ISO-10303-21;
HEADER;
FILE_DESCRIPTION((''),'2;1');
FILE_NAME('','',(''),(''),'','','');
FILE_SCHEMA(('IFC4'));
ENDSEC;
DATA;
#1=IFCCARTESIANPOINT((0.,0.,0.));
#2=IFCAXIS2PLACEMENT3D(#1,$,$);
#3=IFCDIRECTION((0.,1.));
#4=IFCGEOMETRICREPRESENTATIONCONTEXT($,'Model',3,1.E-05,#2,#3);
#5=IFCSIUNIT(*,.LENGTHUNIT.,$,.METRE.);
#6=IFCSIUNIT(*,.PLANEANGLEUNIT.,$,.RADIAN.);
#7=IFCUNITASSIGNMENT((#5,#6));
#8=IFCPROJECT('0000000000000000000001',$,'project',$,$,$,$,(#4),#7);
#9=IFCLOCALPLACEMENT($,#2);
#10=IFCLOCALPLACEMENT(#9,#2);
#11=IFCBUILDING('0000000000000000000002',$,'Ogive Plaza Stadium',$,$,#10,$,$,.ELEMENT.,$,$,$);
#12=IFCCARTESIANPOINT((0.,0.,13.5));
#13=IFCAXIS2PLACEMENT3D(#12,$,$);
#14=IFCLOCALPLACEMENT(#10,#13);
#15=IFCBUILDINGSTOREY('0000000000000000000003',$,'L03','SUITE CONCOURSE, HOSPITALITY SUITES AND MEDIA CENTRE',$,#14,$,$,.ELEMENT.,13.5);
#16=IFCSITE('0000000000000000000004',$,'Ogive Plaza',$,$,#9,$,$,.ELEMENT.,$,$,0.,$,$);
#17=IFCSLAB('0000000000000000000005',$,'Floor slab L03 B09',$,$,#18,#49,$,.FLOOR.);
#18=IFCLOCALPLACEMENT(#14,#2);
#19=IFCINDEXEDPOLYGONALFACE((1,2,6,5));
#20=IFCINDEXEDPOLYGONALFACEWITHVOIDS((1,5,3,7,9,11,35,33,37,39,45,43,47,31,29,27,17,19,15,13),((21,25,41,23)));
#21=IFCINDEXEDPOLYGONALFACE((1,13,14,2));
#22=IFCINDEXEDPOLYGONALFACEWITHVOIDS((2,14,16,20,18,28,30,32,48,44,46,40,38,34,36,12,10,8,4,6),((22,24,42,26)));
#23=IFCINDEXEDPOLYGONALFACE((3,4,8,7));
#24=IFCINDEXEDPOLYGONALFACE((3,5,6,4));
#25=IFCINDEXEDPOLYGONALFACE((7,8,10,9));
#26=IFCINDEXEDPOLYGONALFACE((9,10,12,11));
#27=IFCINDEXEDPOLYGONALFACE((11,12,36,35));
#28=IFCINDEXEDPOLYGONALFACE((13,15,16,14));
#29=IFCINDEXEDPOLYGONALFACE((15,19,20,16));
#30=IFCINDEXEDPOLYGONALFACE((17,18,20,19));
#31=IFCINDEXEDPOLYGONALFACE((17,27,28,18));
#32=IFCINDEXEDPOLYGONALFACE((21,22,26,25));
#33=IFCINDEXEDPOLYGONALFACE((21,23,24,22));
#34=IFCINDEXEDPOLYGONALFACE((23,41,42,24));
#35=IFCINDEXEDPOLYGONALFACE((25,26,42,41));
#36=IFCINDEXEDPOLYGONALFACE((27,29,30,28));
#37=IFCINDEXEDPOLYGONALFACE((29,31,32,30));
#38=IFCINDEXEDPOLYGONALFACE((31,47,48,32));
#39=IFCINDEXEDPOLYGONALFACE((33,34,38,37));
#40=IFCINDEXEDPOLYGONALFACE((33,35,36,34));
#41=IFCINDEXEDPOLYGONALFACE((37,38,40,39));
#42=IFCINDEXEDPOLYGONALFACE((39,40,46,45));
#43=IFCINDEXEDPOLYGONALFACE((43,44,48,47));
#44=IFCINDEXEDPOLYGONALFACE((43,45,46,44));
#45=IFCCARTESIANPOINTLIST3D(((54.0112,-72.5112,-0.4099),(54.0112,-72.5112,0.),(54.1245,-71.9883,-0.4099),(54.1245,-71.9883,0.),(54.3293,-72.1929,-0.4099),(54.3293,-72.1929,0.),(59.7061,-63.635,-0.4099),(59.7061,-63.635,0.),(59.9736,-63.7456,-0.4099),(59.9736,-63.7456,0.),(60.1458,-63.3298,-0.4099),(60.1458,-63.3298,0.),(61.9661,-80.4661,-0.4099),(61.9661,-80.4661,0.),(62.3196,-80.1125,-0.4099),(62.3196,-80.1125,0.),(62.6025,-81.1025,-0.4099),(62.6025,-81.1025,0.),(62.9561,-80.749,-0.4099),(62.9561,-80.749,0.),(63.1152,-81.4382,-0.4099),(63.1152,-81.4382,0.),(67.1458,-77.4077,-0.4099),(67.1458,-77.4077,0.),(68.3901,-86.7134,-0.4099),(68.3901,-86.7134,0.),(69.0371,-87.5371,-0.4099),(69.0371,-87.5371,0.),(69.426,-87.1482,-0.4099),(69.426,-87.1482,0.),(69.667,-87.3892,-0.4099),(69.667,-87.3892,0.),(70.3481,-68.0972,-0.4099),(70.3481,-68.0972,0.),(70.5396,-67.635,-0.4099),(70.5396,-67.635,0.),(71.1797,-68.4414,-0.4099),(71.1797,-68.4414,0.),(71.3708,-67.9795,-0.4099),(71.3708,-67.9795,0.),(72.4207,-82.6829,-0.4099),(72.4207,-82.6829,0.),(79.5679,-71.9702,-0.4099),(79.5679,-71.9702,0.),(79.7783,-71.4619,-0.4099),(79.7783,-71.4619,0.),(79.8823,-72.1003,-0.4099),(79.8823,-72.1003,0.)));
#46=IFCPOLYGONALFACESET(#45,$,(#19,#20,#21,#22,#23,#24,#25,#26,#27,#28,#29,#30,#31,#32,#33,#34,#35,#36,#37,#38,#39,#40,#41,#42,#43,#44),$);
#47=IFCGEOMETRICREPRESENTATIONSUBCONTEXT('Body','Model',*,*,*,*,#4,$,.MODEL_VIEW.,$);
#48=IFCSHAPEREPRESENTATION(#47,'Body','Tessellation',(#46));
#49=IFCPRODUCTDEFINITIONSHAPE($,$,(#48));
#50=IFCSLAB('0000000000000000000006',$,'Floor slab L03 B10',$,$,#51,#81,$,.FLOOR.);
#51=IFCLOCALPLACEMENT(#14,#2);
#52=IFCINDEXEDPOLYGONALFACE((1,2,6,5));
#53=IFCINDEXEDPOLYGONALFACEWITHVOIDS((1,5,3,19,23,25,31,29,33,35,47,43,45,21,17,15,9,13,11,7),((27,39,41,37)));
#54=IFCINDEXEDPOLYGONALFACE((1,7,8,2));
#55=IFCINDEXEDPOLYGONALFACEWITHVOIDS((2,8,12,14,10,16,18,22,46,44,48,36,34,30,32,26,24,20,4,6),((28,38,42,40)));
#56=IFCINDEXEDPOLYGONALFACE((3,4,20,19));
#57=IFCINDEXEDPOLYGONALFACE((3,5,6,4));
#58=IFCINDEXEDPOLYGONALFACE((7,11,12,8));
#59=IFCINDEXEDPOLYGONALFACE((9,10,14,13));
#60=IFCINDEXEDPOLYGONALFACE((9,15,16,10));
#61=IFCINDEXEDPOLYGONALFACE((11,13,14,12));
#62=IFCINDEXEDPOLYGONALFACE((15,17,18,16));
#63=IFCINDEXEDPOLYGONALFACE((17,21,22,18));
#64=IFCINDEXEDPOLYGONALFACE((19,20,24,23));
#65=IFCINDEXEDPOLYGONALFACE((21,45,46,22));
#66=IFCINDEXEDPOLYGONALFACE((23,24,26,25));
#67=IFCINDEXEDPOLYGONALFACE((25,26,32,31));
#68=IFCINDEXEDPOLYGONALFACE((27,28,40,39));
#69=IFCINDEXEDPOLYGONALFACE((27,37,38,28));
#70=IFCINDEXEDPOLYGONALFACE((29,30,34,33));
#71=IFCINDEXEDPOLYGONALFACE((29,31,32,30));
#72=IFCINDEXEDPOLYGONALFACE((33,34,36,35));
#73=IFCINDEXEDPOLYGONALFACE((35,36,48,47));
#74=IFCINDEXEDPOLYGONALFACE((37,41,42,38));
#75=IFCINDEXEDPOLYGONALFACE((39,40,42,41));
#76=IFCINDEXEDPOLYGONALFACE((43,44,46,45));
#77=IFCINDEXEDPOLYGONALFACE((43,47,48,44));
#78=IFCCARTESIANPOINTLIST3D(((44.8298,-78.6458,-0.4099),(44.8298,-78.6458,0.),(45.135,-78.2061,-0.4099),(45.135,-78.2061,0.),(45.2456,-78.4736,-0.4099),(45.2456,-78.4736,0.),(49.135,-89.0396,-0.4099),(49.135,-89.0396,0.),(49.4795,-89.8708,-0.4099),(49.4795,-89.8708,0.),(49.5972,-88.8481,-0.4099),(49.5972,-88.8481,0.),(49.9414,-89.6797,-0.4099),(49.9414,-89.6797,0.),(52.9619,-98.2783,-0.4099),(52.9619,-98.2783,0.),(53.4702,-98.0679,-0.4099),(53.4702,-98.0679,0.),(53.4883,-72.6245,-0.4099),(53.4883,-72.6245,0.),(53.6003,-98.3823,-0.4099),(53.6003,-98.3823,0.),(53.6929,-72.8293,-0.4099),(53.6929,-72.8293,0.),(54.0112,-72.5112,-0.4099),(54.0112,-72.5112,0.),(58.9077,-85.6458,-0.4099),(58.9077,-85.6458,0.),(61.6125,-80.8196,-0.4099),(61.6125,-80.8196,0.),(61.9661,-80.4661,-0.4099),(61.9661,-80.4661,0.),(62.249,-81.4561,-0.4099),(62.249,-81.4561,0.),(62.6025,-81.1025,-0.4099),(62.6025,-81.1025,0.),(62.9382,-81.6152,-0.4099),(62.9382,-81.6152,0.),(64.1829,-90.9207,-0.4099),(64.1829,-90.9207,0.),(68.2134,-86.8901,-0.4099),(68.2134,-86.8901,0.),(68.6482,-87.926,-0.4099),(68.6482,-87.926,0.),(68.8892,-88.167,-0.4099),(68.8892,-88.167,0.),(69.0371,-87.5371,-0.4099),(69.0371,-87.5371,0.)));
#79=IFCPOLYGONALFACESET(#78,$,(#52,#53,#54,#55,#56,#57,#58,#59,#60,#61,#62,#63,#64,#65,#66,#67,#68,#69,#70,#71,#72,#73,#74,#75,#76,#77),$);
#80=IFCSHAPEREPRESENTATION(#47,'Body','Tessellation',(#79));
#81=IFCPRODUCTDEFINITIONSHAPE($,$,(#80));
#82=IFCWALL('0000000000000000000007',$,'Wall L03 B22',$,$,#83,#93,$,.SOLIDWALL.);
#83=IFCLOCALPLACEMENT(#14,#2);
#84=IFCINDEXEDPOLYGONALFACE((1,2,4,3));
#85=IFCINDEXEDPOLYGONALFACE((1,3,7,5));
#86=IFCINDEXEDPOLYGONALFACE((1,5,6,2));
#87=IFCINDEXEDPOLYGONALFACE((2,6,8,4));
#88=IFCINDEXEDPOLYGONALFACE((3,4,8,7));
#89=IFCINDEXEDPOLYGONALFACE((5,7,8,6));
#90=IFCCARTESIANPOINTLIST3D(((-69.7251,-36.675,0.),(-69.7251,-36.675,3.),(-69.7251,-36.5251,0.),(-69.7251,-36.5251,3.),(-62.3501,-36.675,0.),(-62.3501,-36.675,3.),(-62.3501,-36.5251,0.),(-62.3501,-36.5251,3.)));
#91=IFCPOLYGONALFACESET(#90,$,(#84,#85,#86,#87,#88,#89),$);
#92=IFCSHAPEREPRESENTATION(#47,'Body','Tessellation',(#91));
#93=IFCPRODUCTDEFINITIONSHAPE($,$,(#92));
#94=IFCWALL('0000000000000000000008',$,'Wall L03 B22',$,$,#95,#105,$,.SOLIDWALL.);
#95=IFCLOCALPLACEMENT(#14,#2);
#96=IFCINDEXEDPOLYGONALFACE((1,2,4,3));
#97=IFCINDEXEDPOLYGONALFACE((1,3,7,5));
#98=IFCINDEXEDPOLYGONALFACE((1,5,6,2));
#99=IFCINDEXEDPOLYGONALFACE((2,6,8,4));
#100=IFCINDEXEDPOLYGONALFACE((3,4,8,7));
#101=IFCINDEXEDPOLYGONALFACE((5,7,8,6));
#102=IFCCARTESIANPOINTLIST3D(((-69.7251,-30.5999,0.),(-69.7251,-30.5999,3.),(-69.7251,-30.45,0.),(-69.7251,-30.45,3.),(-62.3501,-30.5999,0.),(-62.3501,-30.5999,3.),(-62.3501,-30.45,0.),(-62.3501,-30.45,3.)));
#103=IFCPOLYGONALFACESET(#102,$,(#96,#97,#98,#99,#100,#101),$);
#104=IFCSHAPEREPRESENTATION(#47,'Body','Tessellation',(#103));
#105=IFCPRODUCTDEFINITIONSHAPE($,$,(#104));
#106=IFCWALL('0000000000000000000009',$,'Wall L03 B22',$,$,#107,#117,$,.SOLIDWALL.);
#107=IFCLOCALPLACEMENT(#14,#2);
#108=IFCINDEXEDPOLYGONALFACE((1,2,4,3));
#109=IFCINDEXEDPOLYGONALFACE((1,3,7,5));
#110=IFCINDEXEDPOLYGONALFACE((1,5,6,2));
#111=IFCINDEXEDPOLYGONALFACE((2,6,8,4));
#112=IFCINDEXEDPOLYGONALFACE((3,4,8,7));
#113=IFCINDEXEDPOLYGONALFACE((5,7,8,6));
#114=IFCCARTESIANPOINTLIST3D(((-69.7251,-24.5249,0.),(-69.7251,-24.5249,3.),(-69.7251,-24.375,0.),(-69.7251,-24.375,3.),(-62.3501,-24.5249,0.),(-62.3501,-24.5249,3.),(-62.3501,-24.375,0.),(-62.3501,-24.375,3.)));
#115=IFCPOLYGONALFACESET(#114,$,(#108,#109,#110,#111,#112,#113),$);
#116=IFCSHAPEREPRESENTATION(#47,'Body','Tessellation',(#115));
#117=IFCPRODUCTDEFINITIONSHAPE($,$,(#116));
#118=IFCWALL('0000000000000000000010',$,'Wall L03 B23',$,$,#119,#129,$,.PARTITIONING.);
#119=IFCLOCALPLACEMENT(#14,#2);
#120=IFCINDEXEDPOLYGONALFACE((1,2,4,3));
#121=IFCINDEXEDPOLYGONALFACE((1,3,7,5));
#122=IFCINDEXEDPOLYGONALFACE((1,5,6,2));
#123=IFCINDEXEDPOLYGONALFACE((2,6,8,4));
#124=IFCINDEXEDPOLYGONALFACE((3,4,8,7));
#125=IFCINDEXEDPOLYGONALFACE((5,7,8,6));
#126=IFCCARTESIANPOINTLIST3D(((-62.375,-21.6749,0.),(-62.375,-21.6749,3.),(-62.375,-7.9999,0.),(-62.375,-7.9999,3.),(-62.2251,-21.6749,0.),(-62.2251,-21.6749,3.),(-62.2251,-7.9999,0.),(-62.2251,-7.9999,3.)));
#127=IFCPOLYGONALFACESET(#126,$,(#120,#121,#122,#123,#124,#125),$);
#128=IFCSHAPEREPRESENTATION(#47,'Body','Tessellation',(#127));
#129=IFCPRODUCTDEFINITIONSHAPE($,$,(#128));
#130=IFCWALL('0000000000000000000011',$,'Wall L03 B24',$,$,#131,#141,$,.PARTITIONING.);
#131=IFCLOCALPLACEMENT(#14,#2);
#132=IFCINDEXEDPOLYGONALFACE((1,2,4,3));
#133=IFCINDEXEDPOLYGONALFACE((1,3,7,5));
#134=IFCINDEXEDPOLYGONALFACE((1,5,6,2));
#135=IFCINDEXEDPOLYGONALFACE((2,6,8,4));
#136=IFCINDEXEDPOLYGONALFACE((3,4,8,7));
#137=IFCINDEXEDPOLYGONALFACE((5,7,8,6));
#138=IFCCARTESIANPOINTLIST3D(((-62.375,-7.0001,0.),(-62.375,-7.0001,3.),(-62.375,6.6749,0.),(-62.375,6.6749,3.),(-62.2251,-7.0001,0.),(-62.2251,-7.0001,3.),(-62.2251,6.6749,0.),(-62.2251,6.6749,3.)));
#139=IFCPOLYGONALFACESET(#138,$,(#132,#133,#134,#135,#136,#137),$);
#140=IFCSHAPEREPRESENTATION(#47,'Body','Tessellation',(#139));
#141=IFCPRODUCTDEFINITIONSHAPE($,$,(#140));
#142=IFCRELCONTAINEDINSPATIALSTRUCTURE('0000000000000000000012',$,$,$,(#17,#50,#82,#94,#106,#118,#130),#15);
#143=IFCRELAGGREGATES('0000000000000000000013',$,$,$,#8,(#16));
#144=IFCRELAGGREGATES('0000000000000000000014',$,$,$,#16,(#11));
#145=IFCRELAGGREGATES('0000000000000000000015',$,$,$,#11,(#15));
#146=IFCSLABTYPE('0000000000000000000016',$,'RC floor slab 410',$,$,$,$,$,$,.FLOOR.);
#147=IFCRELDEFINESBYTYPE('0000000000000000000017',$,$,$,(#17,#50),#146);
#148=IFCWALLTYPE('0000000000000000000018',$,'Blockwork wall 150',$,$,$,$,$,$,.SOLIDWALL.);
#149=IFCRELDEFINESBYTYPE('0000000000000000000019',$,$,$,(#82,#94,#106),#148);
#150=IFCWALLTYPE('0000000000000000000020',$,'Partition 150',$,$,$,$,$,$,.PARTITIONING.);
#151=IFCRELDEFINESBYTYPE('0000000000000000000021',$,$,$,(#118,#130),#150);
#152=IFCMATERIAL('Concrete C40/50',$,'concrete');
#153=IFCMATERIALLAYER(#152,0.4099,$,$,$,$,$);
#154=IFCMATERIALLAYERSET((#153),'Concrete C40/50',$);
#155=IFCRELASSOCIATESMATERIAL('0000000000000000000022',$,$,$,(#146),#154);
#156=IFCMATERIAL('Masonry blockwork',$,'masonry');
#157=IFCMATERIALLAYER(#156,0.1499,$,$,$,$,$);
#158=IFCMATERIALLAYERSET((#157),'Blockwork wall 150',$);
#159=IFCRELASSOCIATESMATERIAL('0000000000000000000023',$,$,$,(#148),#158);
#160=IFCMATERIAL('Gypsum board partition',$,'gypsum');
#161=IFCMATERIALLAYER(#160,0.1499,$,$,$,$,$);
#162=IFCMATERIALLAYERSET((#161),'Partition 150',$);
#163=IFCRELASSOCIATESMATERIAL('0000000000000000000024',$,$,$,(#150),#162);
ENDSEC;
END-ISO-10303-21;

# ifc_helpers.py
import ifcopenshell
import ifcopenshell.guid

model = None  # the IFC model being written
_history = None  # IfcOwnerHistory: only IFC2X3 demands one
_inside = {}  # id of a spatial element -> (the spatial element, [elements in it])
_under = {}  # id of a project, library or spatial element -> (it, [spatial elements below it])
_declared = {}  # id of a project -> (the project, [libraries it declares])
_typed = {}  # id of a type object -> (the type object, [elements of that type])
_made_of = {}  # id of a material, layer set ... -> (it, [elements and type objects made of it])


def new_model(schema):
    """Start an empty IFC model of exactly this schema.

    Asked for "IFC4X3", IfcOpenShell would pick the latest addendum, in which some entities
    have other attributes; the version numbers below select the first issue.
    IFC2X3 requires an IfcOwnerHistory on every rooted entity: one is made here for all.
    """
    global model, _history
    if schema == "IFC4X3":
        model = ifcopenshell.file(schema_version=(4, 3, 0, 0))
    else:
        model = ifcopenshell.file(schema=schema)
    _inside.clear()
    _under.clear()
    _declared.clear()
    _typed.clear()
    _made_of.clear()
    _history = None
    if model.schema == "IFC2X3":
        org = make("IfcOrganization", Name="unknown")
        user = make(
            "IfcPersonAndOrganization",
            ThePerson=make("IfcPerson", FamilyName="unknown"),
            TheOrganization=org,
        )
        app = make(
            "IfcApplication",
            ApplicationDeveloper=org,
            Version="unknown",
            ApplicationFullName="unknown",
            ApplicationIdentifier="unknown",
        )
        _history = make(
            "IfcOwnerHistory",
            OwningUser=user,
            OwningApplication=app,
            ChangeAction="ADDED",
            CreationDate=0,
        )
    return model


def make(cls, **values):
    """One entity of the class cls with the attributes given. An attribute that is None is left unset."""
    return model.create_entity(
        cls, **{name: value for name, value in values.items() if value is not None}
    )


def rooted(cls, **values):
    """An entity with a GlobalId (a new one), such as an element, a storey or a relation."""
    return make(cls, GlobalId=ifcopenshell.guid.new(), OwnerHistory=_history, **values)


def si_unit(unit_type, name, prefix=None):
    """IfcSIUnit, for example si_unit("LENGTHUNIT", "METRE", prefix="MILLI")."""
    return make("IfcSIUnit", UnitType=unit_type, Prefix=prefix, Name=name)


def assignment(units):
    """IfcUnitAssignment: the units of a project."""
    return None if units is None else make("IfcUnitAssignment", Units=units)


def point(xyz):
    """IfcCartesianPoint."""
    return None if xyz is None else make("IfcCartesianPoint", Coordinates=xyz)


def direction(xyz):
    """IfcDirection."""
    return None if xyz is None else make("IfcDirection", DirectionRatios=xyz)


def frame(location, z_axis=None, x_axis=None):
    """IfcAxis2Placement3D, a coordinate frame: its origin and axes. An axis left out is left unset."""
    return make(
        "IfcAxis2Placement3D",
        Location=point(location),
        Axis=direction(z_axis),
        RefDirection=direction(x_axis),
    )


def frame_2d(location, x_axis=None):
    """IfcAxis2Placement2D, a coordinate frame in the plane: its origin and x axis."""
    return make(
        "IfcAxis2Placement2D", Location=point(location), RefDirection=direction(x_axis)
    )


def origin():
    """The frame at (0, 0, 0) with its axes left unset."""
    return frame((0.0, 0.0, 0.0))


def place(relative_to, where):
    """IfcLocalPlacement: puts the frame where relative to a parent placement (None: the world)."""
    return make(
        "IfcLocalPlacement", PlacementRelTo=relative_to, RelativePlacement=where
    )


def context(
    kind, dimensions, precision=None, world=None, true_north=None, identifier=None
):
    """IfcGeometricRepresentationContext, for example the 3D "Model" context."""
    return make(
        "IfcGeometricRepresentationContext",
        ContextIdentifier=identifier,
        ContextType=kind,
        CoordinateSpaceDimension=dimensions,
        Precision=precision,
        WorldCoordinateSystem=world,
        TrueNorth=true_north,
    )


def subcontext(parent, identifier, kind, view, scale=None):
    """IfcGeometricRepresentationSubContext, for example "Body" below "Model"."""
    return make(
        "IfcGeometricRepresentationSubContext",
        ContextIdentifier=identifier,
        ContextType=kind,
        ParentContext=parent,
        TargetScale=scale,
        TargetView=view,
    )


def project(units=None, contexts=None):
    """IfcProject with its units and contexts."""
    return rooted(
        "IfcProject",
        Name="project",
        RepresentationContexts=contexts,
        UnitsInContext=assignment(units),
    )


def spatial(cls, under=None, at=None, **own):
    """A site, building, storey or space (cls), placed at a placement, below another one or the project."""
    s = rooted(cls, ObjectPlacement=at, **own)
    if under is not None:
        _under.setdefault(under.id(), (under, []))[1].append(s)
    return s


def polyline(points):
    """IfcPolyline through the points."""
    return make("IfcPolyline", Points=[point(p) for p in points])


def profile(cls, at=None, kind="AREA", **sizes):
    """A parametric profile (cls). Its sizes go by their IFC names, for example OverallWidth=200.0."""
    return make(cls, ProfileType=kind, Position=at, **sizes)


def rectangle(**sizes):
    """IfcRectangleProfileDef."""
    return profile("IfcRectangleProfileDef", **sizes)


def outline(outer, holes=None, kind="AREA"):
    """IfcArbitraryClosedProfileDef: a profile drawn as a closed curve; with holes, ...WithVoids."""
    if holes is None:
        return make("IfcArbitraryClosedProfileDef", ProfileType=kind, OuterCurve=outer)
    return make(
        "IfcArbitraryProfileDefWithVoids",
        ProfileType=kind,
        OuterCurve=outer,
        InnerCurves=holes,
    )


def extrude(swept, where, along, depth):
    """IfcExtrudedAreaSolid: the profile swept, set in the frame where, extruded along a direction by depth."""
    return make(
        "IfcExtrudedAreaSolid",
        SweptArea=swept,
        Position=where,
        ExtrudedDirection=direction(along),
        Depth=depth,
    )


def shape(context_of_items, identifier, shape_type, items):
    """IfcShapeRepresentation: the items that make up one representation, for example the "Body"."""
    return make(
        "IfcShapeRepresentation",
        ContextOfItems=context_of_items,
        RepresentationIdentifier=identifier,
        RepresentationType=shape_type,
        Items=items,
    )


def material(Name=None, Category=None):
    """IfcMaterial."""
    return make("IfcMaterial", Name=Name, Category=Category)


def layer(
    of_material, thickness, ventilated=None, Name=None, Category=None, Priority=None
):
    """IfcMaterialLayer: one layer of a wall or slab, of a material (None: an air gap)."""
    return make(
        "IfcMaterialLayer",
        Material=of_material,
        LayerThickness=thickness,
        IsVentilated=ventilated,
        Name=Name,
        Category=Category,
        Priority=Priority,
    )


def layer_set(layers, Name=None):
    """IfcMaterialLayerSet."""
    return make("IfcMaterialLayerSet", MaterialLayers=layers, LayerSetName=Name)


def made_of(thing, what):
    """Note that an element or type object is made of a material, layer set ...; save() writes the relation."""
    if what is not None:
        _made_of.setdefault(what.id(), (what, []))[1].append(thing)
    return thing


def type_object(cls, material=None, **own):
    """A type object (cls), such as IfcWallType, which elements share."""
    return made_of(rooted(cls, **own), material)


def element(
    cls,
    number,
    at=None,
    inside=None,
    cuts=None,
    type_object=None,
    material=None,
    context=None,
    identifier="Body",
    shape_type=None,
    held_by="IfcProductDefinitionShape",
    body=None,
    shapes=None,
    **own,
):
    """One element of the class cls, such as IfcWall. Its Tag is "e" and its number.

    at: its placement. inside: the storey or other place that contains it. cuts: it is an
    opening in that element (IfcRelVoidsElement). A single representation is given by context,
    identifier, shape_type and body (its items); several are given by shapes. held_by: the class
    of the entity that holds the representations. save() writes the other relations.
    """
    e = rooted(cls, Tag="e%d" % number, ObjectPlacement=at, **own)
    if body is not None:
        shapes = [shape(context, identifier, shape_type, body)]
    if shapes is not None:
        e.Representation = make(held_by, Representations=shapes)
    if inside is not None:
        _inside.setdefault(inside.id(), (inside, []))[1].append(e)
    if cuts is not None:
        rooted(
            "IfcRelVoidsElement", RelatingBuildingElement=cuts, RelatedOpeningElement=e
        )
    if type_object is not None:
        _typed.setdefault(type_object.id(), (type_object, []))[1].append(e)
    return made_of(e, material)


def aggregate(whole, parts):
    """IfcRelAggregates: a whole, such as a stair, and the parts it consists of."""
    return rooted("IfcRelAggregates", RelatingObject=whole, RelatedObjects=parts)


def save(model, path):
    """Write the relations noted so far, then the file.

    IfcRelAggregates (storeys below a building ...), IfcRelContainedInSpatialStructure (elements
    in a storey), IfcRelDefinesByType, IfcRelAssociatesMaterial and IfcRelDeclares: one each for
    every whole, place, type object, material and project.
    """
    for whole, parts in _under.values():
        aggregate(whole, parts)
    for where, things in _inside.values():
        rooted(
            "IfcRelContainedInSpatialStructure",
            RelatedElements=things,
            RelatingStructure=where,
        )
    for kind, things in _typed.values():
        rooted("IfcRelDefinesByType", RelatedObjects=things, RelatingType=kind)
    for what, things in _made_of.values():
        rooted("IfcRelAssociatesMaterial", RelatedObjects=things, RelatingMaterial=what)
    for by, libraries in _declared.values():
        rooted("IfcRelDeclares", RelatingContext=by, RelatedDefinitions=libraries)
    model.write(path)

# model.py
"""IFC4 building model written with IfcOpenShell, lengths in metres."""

from ifc_helpers import new_model, si_unit, direction, frame, frame_2d, origin, place, context, subcontext, project, spatial, polyline, rectangle, outline, extrude, material, layer, layer_set, type_object, element, save


model = new_model("IFC4")

# Units and contexts
model_context = context("Model", 3, precision=1e-05, world=origin(), true_north=direction((0.0, 1.0)))
body_context = subcontext(model_context, "Body", "Model", "MODEL_VIEW")
ifc_project = project(units=[si_unit("LENGTHUNIT", "METRE"), si_unit("PLANEANGLEUNIT", "RADIAN")], contexts=[model_context])

# Site, building, storey
site_placement = place(None, origin())
site = spatial("IfcSite", under=ifc_project, at=site_placement, Name="Ogive Plaza", CompositionType="ELEMENT", RefElevation=0.0)
building_placement = place(site_placement, origin())
building = spatial("IfcBuilding", under=site, at=building_placement, Name="Ogive Plaza Stadium", CompositionType="ELEMENT")
storey_placement = place(building_placement, frame((0.0, 0.0, 13.5)))
storey = spatial("IfcBuildingStorey", under=building, at=storey_placement, Name="L03", Description="SUITE CONCOURSE, HOSPITALITY SUITES AND MEDIA CENTRE", CompositionType="ELEMENT", Elevation=13.5)

# Slabs
ifc_material_1 = material(Name="Concrete C40/50", Category="concrete")
ifc_layer_1 = layer(ifc_material_1, 0.4099)
ifc_layer_set_1 = layer_set([ifc_layer_1], Name="Concrete C40/50")
slab_type_1 = type_object("IfcSlabType", Name="RC floor slab 410", PredefinedType="FLOOR", material=ifc_layer_set_1)
slab_1_placement = place(storey_placement, frame((0.0, 0.0, -0.4099)))
element("IfcSlab", 1, at=slab_1_placement, inside=storey, type_object=slab_type_1, Name="Floor slab L03 B09", PredefinedType="FLOOR", context=body_context, shape_type="SweptSolid", body=[
    extrude(outline(polyline([(61.9661, -80.4661), (62.3196, -80.1125), (62.9561, -80.749), (62.6025, -81.1025), (69.0371, -87.5371), (69.426, -87.1482), (69.667, -87.3892), (79.8823, -72.1003), (79.5679, -71.9702), (79.7783, -71.4619), (71.3708, -67.9795), (71.1797, -68.4414), (70.3481, -68.0972), (70.5396, -67.635), (60.1458, -63.3298), (59.9736, -63.7456), (59.7061, -63.635), (54.1245, -71.9883), (54.3293, -72.1929), (54.0112, -72.5112), (61.9661, -80.4661)]), holes=[polyline([(67.1458, -77.4077), (63.1152, -81.4382), (68.3901, -86.7134), (72.4207, -82.6829), (67.1458, -77.4077)])]), origin(), (0.0, 0.0, 1.0), 0.4099),
])
slab_2_placement = place(storey_placement, frame((0.0, 0.0, -0.4099)))
element("IfcSlab", 2, at=slab_2_placement, inside=storey, type_object=slab_type_1, Name="Floor slab L03 B10", PredefinedType="FLOOR", context=body_context, shape_type="SweptSolid", body=[
    extrude(outline(polyline([(49.135, -89.0396), (49.5972, -88.8481), (49.9414, -89.6797), (49.4795, -89.8708), (52.9619, -98.2783), (53.4702, -98.0679), (53.6003, -98.3823), (68.8892, -88.167), (68.6482, -87.926), (69.0371, -87.5371), (62.6025, -81.1025), (62.249, -81.4561), (61.6125, -80.8196), (61.9661, -80.4661), (54.0112, -72.5112), (53.6929, -72.8293), (53.4883, -72.6245), (45.135, -78.2061), (45.2456, -78.4736), (44.8298, -78.6458), (49.135, -89.0396)]), holes=[polyline([(62.9382, -81.6152), (58.9077, -85.6458), (64.1829, -90.9207), (68.2134, -86.8901), (62.9382, -81.6152)])]), origin(), (0.0, 0.0, 1.0), 0.4099),
])

# Walls
ifc_material_2 = material(Name="Masonry blockwork", Category="masonry")
ifc_layer_2 = layer(ifc_material_2, 0.1499)
ifc_layer_set_2 = layer_set([ifc_layer_2], Name="Blockwork wall 150")
wall_type_1 = type_object("IfcWallType", Name="Blockwork wall 150", PredefinedType="SOLIDWALL", material=ifc_layer_set_2)
for number, where, z_axis, x_axis, name in (
    (3, (-62.3501, -36.6001, 0.0), (0.0, 0.0, 1.0), (-1.0, 0.0, 0.0), "Wall L03 B22"),
    (4, (-62.3501, -30.5249, 0.0), (0.0, 0.0, 1.0), (-1.0, 0.0, 0.0), "Wall L03 B22"),
    (5, (-62.3501, -24.45, 0.0), (0.0, 0.0, 1.0), (-1.0, 0.0, 0.0), "Wall L03 B22"),
):
    element("IfcWall", number, at=place(storey_placement, frame(where, z_axis=z_axis, x_axis=x_axis)), inside=storey, type_object=wall_type_1, Name=name, PredefinedType="SOLIDWALL", context=body_context, shape_type="SweptSolid", body=[
        extrude(rectangle(XDim=7.375, YDim=0.1499, at=frame_2d((3.6875, 0.0))), origin(), (0.0, 0.0, 1.0), 3.0),
    ])
ifc_material_3 = material(Name="Gypsum board partition", Category="gypsum")
ifc_layer_3 = layer(ifc_material_3, 0.1499)
ifc_layer_set_3 = layer_set([ifc_layer_3], Name="Partition 150")
wall_type_2 = type_object("IfcWallType", Name="Partition 150", PredefinedType="PARTITIONING", material=ifc_layer_set_3)
for number, where, z_axis, x_axis, name in (
    (6, (-62.3, -8.0, 0.0), (0.0, 0.0, 1.0), (0.0, -1.0, 0.0), "Wall L03 B23"),
    (7, (-62.3, -7.0, 0.0), (0.0, 0.0, 1.0), (0.0, 1.0, 0.0), "Wall L03 B24"),
):
    element("IfcWall", number, at=place(storey_placement, frame(where, z_axis=z_axis, x_axis=x_axis)), inside=storey, type_object=wall_type_2, Name=name, PredefinedType="PARTITIONING", context=body_context, shape_type="SweptSolid", body=[
        extrude(rectangle(XDim=13.675, YDim=0.1499, at=frame_2d((6.8374, 0.0))), origin(), (0.0, 0.0, 1.0), 3.0),
    ])

save(model, "model.ifc")
